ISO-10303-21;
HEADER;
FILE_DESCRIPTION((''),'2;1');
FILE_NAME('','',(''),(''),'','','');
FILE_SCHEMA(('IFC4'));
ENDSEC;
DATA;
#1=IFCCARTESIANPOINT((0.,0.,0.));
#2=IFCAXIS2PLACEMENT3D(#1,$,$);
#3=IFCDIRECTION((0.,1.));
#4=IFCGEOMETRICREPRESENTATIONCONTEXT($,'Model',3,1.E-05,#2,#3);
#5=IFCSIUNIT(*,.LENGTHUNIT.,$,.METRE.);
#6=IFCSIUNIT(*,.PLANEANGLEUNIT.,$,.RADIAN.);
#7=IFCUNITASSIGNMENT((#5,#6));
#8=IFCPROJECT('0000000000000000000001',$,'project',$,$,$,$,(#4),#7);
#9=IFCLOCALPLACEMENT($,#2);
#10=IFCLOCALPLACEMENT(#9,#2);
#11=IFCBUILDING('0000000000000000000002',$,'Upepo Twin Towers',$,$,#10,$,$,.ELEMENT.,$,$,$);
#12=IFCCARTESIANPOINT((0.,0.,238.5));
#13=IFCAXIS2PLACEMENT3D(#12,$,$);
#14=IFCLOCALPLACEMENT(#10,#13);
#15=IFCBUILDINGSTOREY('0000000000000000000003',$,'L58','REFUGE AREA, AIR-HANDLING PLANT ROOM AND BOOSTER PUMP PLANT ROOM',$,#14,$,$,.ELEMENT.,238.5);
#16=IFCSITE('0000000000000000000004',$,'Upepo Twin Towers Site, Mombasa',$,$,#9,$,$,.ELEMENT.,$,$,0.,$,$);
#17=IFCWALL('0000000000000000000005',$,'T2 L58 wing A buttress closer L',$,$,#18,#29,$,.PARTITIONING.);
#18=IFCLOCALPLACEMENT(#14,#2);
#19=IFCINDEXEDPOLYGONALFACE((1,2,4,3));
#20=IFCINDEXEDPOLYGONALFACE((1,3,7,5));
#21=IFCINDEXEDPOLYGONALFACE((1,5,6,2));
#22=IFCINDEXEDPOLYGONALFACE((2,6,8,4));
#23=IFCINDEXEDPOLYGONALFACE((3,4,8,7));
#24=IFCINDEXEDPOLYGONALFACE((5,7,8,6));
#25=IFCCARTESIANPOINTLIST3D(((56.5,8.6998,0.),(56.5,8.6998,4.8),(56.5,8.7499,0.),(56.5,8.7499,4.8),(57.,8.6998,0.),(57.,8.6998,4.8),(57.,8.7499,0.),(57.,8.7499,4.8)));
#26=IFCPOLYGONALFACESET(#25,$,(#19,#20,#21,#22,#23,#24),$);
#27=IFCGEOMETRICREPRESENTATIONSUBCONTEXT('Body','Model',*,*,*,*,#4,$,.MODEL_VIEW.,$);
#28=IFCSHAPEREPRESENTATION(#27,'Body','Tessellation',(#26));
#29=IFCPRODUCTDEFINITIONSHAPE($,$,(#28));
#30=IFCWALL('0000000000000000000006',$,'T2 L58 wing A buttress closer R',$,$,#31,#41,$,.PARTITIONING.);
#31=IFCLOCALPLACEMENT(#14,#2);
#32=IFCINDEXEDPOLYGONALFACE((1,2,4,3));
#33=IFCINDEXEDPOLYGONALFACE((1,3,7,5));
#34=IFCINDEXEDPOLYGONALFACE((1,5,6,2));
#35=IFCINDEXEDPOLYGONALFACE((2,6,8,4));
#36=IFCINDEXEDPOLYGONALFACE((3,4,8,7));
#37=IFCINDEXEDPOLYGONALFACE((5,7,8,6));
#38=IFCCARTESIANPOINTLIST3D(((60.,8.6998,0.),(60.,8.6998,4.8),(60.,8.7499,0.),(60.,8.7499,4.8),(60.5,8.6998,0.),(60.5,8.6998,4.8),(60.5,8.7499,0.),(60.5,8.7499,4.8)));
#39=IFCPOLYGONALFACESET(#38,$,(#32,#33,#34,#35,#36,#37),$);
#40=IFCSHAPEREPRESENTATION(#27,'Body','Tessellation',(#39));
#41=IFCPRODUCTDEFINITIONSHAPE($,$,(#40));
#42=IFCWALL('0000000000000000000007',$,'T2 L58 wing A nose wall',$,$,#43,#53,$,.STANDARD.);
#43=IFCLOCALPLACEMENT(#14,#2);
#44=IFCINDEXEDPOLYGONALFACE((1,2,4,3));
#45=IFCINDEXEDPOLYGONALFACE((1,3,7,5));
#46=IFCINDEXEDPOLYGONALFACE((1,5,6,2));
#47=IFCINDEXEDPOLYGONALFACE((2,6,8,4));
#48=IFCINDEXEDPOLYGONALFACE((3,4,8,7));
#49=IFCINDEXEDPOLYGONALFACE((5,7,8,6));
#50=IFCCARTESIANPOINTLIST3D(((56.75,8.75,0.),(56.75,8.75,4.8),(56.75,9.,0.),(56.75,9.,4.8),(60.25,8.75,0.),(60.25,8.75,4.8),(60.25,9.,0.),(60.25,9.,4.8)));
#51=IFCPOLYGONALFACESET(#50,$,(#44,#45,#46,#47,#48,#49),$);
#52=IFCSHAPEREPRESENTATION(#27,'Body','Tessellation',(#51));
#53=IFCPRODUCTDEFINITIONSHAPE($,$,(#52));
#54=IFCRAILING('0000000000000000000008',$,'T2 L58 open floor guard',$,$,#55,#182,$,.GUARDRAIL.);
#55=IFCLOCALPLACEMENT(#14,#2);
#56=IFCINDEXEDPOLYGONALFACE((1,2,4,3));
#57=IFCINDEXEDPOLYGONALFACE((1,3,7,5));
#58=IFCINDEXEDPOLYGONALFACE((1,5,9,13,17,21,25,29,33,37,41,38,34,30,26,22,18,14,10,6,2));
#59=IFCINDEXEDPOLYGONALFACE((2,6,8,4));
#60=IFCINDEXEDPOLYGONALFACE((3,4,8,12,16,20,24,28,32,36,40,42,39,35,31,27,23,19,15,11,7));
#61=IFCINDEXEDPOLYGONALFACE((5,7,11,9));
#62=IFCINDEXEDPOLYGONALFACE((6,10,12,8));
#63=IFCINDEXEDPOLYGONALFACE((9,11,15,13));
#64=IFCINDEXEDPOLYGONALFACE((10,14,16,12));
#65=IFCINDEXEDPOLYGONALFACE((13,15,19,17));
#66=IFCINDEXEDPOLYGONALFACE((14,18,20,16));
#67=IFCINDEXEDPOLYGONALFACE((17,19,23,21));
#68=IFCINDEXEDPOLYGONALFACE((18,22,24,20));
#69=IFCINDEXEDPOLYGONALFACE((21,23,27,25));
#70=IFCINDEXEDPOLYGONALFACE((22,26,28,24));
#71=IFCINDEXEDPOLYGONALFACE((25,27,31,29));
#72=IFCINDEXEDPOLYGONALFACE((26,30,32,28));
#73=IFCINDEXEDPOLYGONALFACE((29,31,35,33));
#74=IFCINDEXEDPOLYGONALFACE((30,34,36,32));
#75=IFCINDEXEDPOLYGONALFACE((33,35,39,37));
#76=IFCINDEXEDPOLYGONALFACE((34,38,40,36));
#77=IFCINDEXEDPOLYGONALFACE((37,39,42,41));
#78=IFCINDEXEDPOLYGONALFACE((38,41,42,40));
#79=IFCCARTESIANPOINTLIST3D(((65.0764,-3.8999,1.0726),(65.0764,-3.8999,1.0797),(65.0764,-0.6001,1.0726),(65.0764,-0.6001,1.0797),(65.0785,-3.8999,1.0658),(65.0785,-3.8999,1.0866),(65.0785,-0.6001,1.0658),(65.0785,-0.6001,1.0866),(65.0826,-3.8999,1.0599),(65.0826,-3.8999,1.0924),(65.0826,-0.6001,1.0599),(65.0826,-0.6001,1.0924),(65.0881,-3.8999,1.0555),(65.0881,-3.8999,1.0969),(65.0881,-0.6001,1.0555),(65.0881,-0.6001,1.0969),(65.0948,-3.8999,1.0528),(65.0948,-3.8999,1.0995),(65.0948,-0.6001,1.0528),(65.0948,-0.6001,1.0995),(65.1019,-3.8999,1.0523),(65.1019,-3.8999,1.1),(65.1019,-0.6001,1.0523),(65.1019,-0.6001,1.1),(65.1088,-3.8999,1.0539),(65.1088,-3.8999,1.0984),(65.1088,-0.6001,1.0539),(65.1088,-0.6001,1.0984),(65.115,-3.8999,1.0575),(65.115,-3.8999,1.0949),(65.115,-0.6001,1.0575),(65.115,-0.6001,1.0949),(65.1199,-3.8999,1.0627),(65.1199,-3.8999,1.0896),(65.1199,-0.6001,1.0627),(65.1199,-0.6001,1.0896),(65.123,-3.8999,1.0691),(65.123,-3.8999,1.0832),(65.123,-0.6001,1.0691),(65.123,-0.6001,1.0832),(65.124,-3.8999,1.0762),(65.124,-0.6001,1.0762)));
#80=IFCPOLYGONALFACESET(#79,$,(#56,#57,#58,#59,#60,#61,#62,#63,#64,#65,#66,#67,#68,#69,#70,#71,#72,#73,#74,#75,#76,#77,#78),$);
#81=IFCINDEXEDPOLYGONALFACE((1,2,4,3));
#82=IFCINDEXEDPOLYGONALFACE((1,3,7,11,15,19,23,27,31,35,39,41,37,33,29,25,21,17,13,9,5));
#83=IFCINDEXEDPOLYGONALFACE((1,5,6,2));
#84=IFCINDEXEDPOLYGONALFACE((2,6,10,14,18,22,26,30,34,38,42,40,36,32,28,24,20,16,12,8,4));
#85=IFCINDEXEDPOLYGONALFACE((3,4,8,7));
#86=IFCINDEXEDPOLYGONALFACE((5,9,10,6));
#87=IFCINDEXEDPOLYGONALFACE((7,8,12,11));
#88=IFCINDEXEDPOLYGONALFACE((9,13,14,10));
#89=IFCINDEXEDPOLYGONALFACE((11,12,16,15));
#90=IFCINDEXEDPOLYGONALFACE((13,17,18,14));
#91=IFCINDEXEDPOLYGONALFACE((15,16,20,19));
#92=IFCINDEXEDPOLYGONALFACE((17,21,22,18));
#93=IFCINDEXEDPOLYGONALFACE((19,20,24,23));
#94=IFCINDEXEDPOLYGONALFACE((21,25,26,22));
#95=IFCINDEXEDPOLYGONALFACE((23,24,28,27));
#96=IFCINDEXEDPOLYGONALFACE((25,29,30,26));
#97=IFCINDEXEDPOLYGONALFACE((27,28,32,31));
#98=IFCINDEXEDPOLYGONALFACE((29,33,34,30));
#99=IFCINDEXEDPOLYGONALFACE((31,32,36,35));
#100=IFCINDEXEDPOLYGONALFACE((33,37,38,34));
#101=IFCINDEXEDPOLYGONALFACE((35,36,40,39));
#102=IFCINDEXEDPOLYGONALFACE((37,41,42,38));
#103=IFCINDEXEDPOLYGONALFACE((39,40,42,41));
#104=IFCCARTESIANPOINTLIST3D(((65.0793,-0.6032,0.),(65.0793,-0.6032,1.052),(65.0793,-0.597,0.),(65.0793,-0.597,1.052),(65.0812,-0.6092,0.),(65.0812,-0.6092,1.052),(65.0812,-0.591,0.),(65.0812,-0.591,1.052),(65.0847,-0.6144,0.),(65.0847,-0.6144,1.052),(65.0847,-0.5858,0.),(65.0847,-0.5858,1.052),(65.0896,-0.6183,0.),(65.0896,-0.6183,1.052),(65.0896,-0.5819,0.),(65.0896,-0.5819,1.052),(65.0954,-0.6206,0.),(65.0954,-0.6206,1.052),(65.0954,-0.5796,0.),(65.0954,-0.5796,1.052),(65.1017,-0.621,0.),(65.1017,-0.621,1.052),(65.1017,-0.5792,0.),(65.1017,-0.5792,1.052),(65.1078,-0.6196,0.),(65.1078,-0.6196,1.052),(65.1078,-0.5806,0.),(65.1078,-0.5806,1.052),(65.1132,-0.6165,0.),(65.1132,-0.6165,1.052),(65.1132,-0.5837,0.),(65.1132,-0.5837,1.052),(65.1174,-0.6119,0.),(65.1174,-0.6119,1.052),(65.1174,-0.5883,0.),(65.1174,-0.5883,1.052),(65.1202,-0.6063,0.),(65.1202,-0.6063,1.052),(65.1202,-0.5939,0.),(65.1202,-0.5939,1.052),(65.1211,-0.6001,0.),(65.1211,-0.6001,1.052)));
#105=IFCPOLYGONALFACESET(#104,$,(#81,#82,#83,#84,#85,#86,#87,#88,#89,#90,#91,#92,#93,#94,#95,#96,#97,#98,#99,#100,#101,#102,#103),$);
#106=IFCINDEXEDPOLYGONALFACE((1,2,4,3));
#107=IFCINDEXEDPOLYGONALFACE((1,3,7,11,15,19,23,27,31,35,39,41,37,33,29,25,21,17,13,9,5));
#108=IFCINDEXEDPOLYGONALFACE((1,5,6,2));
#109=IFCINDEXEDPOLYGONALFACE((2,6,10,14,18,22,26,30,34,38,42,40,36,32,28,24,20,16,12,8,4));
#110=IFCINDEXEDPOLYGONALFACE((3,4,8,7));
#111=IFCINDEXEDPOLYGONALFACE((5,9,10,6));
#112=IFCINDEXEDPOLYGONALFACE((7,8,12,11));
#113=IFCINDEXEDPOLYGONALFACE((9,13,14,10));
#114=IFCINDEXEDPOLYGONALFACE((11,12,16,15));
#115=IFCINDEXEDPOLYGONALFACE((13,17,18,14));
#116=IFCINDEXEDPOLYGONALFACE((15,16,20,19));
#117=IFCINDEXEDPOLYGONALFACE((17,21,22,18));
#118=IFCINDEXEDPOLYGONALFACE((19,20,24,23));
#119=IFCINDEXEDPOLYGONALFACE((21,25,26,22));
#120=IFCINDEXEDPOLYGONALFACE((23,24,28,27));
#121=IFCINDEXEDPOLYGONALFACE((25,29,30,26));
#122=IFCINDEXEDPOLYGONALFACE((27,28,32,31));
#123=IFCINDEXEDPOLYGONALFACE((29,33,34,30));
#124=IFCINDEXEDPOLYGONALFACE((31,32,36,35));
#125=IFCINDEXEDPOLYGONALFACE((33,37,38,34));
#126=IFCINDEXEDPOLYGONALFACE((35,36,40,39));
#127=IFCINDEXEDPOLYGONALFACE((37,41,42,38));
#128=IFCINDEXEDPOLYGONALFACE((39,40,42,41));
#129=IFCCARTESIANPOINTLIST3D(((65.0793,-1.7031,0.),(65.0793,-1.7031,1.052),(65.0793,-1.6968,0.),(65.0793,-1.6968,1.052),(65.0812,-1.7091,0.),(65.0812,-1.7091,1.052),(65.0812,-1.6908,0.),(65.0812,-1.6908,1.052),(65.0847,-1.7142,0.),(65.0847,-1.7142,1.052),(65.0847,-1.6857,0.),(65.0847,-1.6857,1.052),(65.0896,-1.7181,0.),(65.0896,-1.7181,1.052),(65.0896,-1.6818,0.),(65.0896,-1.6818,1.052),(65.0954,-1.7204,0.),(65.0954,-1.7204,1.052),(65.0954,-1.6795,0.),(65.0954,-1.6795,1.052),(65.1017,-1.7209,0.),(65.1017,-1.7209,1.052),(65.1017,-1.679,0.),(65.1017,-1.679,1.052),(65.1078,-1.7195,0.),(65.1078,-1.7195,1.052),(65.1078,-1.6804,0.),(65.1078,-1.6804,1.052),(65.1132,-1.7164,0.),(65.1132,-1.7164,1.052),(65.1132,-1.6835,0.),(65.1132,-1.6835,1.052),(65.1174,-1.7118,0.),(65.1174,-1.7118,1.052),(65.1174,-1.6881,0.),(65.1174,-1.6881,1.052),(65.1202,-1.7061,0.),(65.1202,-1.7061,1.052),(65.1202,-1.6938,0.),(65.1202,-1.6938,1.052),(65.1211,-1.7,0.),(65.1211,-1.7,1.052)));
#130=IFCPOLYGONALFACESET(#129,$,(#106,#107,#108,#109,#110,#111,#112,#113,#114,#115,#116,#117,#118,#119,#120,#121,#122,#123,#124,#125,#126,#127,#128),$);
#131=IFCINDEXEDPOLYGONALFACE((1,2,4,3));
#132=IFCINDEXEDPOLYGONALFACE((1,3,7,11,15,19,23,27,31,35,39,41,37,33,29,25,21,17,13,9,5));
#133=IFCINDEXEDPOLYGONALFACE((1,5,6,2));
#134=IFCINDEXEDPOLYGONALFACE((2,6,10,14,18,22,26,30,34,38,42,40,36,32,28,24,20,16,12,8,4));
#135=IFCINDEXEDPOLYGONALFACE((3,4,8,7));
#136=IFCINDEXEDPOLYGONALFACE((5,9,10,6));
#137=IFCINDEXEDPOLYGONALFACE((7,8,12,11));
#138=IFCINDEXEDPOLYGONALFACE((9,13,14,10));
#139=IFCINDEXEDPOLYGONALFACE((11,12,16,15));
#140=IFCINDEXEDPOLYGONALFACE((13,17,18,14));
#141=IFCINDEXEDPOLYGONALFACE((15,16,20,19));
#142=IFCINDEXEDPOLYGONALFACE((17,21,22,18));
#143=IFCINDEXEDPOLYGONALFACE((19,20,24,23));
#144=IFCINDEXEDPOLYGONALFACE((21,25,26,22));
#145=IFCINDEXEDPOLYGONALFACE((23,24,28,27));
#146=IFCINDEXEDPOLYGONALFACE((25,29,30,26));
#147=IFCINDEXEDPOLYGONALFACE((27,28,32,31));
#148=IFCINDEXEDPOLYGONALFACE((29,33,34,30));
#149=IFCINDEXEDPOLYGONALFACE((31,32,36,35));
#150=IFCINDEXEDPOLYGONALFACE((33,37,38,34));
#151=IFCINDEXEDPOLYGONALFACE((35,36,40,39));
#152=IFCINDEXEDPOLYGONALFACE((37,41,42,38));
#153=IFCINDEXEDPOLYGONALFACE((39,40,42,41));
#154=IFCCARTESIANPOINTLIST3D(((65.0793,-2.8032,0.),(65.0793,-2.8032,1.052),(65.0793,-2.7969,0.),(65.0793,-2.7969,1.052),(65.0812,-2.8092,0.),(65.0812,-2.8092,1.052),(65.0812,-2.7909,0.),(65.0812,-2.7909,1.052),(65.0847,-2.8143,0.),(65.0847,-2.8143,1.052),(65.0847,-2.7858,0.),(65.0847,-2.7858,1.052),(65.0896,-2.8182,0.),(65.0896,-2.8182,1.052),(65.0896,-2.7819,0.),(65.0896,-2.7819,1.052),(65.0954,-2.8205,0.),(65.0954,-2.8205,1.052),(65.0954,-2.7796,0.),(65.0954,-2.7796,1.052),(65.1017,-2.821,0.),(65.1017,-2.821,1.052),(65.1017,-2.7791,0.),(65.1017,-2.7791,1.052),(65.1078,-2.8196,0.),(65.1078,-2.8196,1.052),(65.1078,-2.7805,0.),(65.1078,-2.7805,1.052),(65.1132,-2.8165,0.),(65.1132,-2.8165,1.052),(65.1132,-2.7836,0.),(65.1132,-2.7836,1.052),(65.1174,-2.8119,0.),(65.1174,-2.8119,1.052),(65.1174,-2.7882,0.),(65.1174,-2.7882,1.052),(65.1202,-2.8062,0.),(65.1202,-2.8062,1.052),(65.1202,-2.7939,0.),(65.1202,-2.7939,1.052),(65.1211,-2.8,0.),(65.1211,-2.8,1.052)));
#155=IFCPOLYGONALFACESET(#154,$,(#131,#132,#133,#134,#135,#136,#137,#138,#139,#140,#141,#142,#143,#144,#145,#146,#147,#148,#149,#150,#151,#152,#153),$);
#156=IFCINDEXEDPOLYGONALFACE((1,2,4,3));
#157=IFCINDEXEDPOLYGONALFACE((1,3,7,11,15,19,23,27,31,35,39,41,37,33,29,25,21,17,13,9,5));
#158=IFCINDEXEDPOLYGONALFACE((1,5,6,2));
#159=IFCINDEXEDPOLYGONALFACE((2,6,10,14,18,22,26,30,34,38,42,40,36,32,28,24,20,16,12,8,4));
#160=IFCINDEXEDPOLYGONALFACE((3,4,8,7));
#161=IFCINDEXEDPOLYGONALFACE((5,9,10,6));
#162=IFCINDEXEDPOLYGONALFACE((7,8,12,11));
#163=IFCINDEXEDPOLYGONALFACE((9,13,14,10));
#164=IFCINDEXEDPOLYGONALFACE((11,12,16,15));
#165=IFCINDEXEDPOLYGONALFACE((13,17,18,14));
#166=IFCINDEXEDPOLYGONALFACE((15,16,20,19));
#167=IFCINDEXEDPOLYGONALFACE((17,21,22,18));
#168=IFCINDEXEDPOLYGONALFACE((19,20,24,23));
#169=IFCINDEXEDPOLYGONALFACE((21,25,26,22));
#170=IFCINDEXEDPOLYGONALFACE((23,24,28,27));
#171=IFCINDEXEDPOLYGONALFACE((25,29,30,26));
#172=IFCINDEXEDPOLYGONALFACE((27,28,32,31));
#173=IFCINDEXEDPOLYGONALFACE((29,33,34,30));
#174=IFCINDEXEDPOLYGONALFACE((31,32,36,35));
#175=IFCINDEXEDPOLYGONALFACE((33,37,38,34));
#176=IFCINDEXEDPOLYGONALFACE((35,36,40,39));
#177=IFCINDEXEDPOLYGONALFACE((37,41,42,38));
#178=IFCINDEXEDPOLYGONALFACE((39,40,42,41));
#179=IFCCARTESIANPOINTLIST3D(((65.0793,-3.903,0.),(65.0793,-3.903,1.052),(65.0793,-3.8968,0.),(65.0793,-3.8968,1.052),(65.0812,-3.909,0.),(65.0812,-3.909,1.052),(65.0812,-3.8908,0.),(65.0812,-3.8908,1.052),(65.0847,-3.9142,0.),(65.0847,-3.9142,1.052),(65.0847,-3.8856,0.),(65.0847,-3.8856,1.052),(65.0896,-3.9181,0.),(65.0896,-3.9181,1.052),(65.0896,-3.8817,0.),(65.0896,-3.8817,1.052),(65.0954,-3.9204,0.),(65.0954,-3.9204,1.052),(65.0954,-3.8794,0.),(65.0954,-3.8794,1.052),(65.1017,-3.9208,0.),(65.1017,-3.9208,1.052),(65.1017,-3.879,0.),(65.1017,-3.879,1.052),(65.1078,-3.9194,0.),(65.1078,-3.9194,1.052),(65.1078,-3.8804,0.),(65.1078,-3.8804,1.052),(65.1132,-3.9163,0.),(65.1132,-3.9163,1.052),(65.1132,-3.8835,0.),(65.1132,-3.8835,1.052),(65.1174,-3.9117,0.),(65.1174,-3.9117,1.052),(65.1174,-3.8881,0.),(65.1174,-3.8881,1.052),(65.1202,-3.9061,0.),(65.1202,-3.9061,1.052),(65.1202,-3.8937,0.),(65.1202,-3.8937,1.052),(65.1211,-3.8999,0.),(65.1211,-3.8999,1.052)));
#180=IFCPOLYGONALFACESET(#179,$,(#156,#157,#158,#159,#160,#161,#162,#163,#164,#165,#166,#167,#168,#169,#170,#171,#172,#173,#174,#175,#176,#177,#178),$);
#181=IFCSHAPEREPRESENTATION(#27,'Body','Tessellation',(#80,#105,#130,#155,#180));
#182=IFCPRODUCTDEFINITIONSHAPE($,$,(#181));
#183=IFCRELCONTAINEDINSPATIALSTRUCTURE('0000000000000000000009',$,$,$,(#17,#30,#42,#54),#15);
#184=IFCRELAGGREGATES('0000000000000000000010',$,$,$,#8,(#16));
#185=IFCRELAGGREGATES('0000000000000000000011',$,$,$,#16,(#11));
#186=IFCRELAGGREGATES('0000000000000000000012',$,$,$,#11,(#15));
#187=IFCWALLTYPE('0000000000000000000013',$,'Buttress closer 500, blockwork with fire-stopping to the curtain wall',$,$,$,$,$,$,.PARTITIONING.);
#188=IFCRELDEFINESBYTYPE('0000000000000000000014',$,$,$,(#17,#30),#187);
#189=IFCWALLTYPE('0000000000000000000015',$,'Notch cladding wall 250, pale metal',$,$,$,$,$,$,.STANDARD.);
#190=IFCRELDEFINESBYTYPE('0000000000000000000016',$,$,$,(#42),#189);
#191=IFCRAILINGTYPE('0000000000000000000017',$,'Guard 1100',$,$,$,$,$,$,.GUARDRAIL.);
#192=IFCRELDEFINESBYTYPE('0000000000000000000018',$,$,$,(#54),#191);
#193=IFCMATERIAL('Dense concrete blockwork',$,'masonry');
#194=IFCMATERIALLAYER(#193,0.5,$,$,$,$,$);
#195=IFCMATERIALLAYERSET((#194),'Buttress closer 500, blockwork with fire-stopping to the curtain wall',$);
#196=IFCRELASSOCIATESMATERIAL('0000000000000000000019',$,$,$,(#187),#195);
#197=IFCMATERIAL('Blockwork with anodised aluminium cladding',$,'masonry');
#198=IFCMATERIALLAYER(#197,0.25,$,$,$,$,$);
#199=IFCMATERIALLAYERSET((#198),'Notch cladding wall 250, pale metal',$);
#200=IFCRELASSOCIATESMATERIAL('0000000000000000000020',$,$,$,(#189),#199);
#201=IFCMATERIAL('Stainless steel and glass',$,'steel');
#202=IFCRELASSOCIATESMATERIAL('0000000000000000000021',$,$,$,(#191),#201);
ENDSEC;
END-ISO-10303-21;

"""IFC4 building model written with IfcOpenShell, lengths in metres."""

from ifc_helpers import new_model, si_unit, direction, frame, frame_2d, origin, origin_2d, place, context, subcontext, project, spatial, rectangle, circle, extrude, material, layer, layer_set, type_object, element, save


model = new_model("IFC4")

# Units and contexts
model_context = context("Model", 3, precision=1e-05, world=origin(), true_north=direction((0.0, 1.0)))
body_context = subcontext(model_context, "Body", "Model", "MODEL_VIEW")
ifc_project = project(units=[si_unit("LENGTHUNIT", "METRE"), si_unit("PLANEANGLEUNIT", "RADIAN")], contexts=[model_context])

# Site, building, storey
site_placement = place(None, origin())
site = spatial("IfcSite", under=ifc_project, at=site_placement, Name="Upepo Twin Towers Site, Mombasa", CompositionType="ELEMENT", RefElevation=0.0)
building_placement = place(site_placement, origin())
building = spatial("IfcBuilding", under=site, at=building_placement, Name="Upepo Twin Towers", CompositionType="ELEMENT")
storey_placement = place(building_placement, frame((0.0, 0.0, 238.5)))
storey = spatial("IfcBuildingStorey", under=building, at=storey_placement, Name="L58", Description="REFUGE AREA, AIR-HANDLING PLANT ROOM AND BOOSTER PUMP PLANT ROOM", CompositionType="ELEMENT", Elevation=238.5)

# Walls
ifc_material_1 = material(Name="Dense concrete blockwork", Category="masonry")
ifc_layer_1 = layer(ifc_material_1, 0.5)
ifc_layer_set_1 = layer_set([ifc_layer_1], Name="Buttress closer 500, blockwork with fire-stopping to the curtain wall")
wall_type_1 = type_object("IfcWallType", Name="Buttress closer 500, blockwork with fire-stopping to the curtain wall", PredefinedType="PARTITIONING", material=ifc_layer_set_1)
for number, where, z_axis, x_axis, name in (
    (1, (56.75, 8.7, 0.0), (0.0, 0.0, 1.0), (0.0, 1.0, 0.0), "T2 L58 wing A buttress closer L"),
    (2, (60.25, 8.7, 0.0), (0.0, 0.0, 1.0), (0.0, 1.0, 0.0), "T2 L58 wing A buttress closer R"),
):
    element("IfcWall", number, at=place(storey_placement, frame(where, z_axis=z_axis, x_axis=x_axis)), inside=storey, type_object=wall_type_1, Name=name, PredefinedType="PARTITIONING", context=body_context, shape_type="SweptSolid", body=[
        extrude(rectangle(XDim=0.05, YDim=0.5, at=frame_2d((0.0249, 0.0))), origin(), (0.0, 0.0, 1.0), 4.8),
    ])
ifc_material_2 = material(Name="Blockwork with anodised aluminium cladding", Category="masonry")
ifc_layer_2 = layer(ifc_material_2, 0.25)
ifc_layer_set_2 = layer_set([ifc_layer_2], Name="Notch cladding wall 250, pale metal")
wall_type_2 = type_object("IfcWallType", Name="Notch cladding wall 250, pale metal", PredefinedType="STANDARD", material=ifc_layer_set_2)
wall_1_placement = place(storey_placement, frame((60.25, 8.875, 0.0), z_axis=(0.0, 0.0, 1.0), x_axis=(-1.0, 0.0, 0.0)))
element("IfcWall", 3, at=wall_1_placement, inside=storey, type_object=wall_type_2, Name="T2 L58 wing A nose wall", PredefinedType="STANDARD", context=body_context, shape_type="SweptSolid", body=[
    extrude(rectangle(XDim=3.5, YDim=0.25, at=frame_2d((1.75, 0.0))), origin(), (0.0, 0.0, 1.0), 4.8),
])

# Railing
ifc_material_3 = material(Name="Stainless steel and glass", Category="steel")
railing_type = type_object("IfcRailingType", Name="Guard 1100", PredefinedType="GUARDRAIL", material=ifc_material_3)
for number, where, name in (
    (4, (65.1001, -0.6001, 0.0), "T2 L58 open floor guard"),
):
    element("IfcRailing", number, at=place(storey_placement, frame(where)), inside=storey, type_object=railing_type, Name=name, PredefinedType="GUARDRAIL", context=body_context, shape_type="SweptSolid", body=[
        extrude(circle(Radius=0.0239, at=origin_2d()), frame((0.0, 0.0, 1.0762), z_axis=(0.0, -1.0, 0.0), x_axis=(1.0, 0.0, 0.0)), (0.0, 0.0, 1.0), 3.2998),
        extrude(circle(Radius=0.021, at=origin_2d()), origin(), (0.0, 0.0, 1.0), 1.052),
        extrude(circle(Radius=0.021, at=origin_2d()), frame((0.0, -1.0999, 0.0)), (0.0, 0.0, 1.0), 1.052),
        extrude(circle(Radius=0.021, at=origin_2d()), frame((0.0, -2.2, 0.0)), (0.0, 0.0, 1.0), 1.052),
        extrude(circle(Radius=0.021, at=origin_2d()), frame((0.0, -3.2998, 0.0)), (0.0, 0.0, 1.0), 1.052),
    ])

save(model, "model.ifc")
